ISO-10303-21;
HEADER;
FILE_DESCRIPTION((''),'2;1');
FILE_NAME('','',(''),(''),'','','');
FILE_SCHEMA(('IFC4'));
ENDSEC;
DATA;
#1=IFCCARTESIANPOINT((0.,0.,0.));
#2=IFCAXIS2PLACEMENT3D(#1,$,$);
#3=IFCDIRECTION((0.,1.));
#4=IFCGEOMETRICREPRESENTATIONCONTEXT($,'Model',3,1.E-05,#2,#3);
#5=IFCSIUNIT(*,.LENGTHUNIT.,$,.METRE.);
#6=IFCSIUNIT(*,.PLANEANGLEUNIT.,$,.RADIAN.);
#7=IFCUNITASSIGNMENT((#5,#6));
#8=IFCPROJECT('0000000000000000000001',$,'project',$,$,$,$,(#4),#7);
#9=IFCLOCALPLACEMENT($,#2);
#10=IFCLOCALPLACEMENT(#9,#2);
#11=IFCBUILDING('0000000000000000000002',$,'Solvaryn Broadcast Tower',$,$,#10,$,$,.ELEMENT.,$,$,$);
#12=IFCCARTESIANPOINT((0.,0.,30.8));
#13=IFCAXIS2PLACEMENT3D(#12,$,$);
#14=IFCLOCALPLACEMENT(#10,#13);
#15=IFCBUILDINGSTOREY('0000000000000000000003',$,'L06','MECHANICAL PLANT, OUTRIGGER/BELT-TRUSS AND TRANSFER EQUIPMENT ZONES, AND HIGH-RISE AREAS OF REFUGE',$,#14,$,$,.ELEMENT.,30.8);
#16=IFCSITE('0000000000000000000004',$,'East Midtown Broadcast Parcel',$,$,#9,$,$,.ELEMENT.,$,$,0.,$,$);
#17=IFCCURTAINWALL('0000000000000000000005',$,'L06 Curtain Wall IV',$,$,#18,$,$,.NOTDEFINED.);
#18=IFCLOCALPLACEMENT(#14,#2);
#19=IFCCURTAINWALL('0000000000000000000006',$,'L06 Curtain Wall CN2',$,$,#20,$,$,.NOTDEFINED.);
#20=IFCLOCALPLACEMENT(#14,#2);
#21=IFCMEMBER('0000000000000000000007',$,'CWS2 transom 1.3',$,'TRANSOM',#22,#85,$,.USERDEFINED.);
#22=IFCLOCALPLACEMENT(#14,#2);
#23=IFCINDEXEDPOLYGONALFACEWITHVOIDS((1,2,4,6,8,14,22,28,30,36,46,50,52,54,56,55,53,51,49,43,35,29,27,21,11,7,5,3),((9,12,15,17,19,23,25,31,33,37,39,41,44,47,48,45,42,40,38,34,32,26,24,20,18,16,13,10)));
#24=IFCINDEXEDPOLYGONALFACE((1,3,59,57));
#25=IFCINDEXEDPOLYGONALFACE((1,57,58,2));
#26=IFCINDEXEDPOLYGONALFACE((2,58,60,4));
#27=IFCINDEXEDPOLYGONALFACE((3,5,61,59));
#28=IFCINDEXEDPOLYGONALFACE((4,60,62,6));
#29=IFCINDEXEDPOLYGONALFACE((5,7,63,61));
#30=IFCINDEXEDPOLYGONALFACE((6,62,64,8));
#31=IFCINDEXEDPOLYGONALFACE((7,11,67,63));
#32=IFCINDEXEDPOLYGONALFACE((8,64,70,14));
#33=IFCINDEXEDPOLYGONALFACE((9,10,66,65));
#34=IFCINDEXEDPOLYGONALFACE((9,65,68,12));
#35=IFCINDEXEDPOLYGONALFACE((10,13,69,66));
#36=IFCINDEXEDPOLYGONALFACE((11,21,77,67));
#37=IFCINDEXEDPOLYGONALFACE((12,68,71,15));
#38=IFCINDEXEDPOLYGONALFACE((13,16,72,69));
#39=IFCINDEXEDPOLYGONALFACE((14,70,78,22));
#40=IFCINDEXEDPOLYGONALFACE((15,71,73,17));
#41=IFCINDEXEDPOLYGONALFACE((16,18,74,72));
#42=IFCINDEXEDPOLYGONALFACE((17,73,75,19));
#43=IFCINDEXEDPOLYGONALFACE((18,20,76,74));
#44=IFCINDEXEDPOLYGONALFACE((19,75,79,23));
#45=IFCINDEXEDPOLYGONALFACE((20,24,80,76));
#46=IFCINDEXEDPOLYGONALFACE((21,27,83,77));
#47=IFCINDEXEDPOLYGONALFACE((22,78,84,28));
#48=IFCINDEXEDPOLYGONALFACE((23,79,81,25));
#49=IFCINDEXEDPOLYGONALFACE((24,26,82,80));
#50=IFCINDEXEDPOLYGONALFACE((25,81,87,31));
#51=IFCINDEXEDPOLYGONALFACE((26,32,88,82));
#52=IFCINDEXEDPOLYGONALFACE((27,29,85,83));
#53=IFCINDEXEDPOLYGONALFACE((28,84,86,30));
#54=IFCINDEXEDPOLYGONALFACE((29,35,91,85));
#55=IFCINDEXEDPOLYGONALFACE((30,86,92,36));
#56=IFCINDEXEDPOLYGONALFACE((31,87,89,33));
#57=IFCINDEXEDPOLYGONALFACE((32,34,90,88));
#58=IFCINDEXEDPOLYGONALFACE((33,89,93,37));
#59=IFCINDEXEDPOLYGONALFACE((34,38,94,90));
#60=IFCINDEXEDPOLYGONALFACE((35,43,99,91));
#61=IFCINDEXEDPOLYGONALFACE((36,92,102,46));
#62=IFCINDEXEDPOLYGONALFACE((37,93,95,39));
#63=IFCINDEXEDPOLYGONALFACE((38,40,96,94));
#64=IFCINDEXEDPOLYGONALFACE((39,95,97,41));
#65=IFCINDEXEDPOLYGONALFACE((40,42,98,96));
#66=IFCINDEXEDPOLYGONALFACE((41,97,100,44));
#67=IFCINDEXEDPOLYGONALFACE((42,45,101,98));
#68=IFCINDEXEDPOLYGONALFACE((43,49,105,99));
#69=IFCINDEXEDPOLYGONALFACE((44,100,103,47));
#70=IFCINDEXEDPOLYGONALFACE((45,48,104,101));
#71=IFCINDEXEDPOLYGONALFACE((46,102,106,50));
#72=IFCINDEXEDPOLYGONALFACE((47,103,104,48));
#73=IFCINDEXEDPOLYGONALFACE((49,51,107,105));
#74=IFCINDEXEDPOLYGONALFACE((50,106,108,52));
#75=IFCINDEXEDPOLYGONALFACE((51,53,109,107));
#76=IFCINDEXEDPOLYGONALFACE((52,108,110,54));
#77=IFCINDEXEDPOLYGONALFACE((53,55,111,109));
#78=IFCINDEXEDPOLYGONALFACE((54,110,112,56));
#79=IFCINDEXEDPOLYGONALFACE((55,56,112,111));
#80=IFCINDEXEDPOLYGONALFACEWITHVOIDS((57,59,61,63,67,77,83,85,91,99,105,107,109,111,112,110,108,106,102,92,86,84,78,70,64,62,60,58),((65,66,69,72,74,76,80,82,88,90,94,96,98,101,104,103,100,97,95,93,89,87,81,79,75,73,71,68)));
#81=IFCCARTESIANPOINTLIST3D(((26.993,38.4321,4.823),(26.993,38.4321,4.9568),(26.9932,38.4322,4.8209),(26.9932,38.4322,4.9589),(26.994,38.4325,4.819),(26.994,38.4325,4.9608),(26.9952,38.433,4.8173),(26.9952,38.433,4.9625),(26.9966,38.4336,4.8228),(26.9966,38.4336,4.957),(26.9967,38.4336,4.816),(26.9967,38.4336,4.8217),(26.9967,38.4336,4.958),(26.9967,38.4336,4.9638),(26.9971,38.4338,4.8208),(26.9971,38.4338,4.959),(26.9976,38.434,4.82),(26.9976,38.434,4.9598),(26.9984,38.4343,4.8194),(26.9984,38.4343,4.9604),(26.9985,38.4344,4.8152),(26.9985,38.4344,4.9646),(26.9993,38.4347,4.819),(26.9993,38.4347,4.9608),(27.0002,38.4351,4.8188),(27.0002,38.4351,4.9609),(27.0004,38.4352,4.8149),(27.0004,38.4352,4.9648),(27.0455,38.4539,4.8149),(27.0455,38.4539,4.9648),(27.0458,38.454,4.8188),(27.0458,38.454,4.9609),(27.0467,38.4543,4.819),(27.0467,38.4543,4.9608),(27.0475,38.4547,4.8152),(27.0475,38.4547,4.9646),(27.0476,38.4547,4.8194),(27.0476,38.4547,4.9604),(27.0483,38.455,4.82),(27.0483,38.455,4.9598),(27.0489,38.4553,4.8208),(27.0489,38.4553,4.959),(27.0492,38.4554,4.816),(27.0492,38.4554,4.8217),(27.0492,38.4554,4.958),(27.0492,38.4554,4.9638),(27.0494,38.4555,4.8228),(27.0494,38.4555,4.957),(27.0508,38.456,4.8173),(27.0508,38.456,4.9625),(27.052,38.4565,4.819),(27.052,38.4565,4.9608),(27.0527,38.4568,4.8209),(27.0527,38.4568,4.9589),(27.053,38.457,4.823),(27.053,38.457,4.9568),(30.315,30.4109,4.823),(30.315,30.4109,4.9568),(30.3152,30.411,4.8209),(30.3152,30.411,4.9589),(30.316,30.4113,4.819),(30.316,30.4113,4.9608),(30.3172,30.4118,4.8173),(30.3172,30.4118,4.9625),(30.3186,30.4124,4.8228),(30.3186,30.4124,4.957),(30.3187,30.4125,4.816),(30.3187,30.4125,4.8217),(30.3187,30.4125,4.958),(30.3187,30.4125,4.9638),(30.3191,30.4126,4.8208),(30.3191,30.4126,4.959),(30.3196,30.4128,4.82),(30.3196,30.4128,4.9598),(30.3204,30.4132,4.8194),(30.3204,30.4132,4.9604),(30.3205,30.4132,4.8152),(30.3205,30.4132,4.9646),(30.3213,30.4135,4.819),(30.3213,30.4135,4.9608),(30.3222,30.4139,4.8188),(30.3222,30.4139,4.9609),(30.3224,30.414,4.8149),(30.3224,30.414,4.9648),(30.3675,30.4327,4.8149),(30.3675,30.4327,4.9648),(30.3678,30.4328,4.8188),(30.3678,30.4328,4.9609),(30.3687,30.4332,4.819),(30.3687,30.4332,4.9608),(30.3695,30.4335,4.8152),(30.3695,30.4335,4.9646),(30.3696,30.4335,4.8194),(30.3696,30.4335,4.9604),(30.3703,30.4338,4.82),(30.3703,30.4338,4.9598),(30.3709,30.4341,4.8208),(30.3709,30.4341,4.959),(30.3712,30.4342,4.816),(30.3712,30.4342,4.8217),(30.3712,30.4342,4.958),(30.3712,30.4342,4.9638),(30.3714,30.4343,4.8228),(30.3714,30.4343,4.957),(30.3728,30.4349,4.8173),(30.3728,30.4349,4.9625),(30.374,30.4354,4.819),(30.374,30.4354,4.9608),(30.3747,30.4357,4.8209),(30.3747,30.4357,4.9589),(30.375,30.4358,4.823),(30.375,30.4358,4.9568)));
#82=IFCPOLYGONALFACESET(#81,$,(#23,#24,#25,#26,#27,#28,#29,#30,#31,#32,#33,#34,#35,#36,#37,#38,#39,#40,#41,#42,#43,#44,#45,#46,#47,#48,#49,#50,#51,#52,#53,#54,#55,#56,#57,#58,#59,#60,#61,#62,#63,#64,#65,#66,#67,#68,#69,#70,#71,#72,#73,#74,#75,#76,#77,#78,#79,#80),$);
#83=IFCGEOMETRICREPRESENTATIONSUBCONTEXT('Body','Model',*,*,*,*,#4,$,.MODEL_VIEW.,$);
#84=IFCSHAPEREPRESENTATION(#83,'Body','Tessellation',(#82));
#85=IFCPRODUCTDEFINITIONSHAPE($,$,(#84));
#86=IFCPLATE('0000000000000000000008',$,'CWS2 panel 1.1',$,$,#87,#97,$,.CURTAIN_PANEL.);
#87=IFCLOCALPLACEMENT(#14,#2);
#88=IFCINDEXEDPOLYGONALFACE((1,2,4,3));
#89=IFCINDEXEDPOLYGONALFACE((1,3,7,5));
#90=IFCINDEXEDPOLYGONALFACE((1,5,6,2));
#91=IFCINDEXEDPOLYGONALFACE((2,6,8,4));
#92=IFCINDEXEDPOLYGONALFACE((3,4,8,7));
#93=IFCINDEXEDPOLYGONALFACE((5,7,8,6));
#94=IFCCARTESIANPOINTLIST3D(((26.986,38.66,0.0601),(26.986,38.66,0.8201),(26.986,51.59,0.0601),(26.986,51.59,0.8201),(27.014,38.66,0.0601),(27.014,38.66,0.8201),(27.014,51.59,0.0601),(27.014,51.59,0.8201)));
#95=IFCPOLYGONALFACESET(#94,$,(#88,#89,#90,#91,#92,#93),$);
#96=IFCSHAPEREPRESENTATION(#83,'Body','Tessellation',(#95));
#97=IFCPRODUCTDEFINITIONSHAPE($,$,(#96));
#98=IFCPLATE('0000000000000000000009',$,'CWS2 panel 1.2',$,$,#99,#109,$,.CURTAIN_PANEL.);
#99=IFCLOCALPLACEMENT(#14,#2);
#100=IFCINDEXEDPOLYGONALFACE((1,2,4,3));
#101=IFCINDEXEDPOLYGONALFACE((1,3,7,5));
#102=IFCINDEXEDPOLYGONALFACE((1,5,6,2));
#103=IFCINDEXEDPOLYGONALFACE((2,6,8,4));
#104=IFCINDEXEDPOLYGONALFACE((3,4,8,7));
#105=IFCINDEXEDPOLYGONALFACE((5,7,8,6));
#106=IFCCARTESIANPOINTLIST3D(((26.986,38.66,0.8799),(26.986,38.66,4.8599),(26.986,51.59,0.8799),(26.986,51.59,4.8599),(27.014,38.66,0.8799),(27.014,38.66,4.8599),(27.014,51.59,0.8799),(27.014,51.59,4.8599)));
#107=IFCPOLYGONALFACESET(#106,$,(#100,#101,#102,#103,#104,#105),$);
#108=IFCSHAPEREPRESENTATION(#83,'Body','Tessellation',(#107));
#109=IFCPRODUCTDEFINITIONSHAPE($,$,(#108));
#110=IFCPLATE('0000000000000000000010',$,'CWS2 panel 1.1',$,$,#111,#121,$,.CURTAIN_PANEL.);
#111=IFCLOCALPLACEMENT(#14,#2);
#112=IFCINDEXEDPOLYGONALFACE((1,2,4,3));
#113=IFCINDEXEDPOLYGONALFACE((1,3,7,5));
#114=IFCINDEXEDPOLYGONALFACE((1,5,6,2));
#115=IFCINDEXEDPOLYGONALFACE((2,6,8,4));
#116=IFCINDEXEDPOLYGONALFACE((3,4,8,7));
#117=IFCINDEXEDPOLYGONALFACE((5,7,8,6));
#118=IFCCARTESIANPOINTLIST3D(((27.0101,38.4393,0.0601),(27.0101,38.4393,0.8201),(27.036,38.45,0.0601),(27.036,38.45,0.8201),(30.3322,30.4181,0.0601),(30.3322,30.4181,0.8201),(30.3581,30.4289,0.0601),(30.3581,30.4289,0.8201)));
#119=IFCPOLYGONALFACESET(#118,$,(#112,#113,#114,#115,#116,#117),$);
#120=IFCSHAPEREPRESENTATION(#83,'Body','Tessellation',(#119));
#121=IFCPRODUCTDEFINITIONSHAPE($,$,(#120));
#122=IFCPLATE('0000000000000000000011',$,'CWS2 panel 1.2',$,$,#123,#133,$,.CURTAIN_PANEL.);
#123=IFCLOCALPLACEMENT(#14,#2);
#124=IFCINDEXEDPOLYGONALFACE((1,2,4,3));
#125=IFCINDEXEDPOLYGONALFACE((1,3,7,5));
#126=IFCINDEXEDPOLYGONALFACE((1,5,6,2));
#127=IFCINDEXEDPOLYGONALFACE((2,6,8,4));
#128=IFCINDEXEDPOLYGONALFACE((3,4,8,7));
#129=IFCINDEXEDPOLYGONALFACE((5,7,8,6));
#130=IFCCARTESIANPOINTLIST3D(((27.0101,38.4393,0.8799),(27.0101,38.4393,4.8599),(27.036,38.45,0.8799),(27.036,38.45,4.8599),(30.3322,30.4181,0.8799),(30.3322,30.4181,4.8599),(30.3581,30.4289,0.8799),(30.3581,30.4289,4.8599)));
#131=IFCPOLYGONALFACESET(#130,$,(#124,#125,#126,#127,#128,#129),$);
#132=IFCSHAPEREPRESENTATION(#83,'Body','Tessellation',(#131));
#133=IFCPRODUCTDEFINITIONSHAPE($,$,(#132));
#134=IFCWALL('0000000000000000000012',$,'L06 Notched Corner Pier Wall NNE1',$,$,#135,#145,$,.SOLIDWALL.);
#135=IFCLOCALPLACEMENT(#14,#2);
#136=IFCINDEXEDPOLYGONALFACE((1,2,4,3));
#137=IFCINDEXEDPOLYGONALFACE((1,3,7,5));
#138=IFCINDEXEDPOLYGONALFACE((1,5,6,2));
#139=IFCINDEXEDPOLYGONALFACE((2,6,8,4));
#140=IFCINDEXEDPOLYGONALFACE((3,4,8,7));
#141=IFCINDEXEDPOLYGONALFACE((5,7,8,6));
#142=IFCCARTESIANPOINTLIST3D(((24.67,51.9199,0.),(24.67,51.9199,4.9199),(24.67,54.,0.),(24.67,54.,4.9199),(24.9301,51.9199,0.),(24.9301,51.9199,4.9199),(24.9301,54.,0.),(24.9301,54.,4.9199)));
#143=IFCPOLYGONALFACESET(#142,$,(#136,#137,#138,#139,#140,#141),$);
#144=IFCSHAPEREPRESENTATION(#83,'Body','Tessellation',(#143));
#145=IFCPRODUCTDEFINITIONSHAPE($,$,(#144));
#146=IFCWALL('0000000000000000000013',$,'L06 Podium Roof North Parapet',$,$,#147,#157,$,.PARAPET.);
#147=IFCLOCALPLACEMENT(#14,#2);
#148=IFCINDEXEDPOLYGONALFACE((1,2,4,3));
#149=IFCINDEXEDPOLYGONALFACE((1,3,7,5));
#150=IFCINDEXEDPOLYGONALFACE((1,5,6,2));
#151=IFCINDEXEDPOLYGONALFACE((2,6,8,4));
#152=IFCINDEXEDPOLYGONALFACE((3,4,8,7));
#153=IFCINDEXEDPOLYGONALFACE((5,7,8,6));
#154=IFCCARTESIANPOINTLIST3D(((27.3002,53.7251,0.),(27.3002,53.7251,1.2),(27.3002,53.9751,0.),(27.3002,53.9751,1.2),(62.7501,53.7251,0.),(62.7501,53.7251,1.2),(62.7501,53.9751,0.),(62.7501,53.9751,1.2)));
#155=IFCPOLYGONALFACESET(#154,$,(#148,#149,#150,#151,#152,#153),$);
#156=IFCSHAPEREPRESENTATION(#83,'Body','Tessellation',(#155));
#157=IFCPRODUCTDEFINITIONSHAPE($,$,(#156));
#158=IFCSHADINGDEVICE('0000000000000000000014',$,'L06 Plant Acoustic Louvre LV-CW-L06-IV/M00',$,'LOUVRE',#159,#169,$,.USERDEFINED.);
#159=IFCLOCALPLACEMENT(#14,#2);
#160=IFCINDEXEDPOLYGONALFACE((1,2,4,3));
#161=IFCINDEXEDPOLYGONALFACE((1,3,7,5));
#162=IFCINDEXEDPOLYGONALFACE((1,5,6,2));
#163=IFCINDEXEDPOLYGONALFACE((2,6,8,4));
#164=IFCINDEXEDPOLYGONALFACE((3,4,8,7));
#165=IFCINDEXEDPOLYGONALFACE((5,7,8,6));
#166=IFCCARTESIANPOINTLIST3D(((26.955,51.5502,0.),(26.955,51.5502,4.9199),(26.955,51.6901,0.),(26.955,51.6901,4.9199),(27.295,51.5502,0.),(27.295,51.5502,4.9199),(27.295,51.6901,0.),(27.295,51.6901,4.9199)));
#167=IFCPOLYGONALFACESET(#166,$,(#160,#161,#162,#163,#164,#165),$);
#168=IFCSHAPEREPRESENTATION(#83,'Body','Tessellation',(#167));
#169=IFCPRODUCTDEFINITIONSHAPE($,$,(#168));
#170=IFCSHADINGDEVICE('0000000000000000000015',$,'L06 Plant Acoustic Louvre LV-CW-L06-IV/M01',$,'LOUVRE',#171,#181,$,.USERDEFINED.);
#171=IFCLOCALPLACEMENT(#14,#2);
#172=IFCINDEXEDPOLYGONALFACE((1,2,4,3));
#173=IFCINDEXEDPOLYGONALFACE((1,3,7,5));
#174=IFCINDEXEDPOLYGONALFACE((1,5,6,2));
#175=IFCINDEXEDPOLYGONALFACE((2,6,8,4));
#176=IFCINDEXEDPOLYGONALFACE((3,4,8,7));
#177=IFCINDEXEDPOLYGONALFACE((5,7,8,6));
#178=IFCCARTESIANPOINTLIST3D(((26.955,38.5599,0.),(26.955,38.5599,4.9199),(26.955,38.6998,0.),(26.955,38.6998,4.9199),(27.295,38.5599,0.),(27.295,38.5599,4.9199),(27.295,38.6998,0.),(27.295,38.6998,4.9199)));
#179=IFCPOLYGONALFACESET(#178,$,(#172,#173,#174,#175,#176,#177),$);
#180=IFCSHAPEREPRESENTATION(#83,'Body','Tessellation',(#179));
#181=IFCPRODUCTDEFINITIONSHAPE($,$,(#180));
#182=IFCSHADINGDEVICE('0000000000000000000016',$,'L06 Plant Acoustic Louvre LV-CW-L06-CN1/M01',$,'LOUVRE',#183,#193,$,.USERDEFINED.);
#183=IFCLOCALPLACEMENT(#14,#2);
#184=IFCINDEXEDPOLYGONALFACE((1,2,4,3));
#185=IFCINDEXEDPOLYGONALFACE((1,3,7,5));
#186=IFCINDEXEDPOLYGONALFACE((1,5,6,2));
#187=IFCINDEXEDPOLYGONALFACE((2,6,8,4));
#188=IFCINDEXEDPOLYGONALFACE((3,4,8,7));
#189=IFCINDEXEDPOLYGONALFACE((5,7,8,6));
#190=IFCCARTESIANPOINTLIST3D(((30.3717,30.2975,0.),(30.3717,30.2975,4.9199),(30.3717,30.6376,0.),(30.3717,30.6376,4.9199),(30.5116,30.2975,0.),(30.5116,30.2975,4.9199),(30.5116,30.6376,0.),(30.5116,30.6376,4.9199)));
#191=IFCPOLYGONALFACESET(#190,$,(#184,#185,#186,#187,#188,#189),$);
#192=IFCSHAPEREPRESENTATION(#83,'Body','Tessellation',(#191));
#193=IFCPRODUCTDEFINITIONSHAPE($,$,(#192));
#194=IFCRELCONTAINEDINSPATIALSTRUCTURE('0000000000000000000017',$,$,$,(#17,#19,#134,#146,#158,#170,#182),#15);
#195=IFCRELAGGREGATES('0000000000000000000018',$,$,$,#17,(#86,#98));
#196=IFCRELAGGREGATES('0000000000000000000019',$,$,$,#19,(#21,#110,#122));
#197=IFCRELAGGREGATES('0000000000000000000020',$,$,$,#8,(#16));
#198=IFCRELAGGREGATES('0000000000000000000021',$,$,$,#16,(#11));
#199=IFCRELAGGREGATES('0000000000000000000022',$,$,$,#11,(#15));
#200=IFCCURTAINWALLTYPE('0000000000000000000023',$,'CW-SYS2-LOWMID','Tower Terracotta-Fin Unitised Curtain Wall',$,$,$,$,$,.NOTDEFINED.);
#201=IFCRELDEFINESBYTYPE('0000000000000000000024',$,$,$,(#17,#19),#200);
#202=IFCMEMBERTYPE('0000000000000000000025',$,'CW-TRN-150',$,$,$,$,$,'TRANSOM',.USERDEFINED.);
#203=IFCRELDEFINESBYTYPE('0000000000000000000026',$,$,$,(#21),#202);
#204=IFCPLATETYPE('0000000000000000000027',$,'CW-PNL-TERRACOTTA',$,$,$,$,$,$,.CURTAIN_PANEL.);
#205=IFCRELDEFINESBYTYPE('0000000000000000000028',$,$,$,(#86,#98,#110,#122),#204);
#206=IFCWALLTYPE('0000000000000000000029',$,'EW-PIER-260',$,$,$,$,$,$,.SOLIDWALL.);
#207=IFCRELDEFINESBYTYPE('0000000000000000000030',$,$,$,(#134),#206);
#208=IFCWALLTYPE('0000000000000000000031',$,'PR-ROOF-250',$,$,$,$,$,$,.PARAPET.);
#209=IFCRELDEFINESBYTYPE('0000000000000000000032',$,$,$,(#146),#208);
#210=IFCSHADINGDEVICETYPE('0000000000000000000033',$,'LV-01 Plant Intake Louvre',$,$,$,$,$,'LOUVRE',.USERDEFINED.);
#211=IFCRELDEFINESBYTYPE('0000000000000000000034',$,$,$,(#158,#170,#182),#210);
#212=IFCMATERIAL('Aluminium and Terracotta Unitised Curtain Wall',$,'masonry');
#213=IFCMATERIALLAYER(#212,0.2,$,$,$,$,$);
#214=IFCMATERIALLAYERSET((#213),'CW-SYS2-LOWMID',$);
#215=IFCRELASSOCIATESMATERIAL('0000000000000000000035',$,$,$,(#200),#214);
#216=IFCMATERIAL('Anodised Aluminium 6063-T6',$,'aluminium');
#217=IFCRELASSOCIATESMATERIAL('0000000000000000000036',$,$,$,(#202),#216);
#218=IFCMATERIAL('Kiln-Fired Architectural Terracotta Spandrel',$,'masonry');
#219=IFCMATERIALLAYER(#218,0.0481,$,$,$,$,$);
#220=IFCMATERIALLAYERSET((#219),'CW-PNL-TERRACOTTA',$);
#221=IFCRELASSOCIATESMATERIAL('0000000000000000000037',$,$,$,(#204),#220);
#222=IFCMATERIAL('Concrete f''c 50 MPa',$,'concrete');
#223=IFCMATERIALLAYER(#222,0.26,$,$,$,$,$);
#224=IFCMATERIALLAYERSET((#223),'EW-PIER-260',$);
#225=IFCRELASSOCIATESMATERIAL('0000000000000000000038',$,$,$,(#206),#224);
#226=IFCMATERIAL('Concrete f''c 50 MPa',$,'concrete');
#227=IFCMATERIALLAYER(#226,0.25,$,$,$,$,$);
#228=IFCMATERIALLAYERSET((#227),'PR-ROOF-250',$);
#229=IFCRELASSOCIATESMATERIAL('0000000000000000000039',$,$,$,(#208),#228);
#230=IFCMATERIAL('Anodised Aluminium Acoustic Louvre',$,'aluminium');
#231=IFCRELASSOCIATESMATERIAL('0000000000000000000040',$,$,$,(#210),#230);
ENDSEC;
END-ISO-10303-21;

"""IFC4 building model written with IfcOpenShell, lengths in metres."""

from ifc_helpers import new_model, si_unit, direction, frame, frame_2d, origin, origin_2d, place, context, subcontext, project, spatial, rectangle, hollow_rectangle, extrude, material, layer, layer_set, material_profile, profile_set, type_object, element, aggregate, save


model = new_model("IFC4")

# Units and contexts
model_context = context("Model", 3, precision=1e-05, world=origin(), true_north=direction((0.0, 1.0)))
body_context = subcontext(model_context, "Body", "Model", "MODEL_VIEW")
ifc_project = project(units=[si_unit("LENGTHUNIT", "METRE"), si_unit("PLANEANGLEUNIT", "RADIAN")], contexts=[model_context])

# Site, building, storey
site_placement = place(None, origin())
site = spatial("IfcSite", under=ifc_project, at=site_placement, Name="East Midtown Broadcast Parcel", CompositionType="ELEMENT", RefElevation=0.0)
building_placement = place(site_placement, origin())
building = spatial("IfcBuilding", under=site, at=building_placement, Name="Solvaryn Broadcast Tower", CompositionType="ELEMENT")
storey_placement = place(building_placement, frame((0.0, 0.0, 30.8)))
storey = spatial("IfcBuildingStorey", under=building, at=storey_placement, Name="L06", Description="MECHANICAL PLANT, OUTRIGGER/BELT-TRUSS AND TRANSFER EQUIPMENT ZONES, AND HIGH-RISE AREAS OF REFUGE", CompositionType="ELEMENT", Elevation=30.8)

# Curtain walls
ifc_material_1 = material(Name="Aluminium and Terracotta Unitised Curtain Wall", Category="masonry")
ifc_layer_1 = layer(ifc_material_1, 0.2)
ifc_layer_set_1 = layer_set([ifc_layer_1], Name="CW-SYS2-LOWMID")
curtain_wall_type = type_object("IfcCurtainWallType", Name="CW-SYS2-LOWMID", Description="Tower Terracotta-Fin Unitised Curtain Wall", PredefinedType="NOTDEFINED", material=ifc_layer_set_1)
curtain_wall_1_placement = place(storey_placement, origin())
curtain_wall_1 = element("IfcCurtainWall", 1, at=curtain_wall_1_placement, inside=storey, type_object=curtain_wall_type, Name="L06 Curtain Wall IV", PredefinedType="NOTDEFINED")
curtain_wall_2_placement = place(storey_placement, origin())
curtain_wall_2 = element("IfcCurtainWall", 2, at=curtain_wall_2_placement, inside=storey, type_object=curtain_wall_type, Name="L06 Curtain Wall CN2", PredefinedType="NOTDEFINED")

# Member
ifc_material_2 = material(Name="Anodised Aluminium 6063-T6", Category="aluminium")
ifc_material_profile_1 = material_profile(ifc_material_2, hollow_rectangle(XDim=0.0649, YDim=0.1499, WallThickness=0.0039, InnerFilletRadius=0.0039, OuterFilletRadius=0.0081, at=origin_2d()))
ifc_profile_set_1 = profile_set([ifc_material_profile_1], Name="Anodised Aluminium 6063-T6")
member_type_1 = type_object("IfcMemberType", Name="CW-TRN-150", ElementType="TRANSOM", PredefinedType="USERDEFINED", material=ifc_profile_set_1)
member_1_placement = place(storey_placement, frame((30.345, 30.4233, 4.8899), z_axis=(-0.382636, 0.923899, 0.0), x_axis=(-0.923899, -0.382636, 0.0)))
member_1 = element("IfcMember", 3, at=member_1_placement, type_object=member_type_1, Name="CWS2 transom 1.3", ObjectType="TRANSOM", PredefinedType="USERDEFINED", context=body_context, shape_type="SweptSolid", body=[
    extrude(hollow_rectangle(XDim=0.0649, YDim=0.1499, WallThickness=0.0039, InnerFilletRadius=0.0039, OuterFilletRadius=0.0081, at=origin_2d()), origin(), (0.0, 0.0, 1.0), 8.6819),
])

# Plates
ifc_material_3 = material(Name="Kiln-Fired Architectural Terracotta Spandrel", Category="masonry")
ifc_layer_2 = layer(ifc_material_3, 0.0481)
ifc_layer_set_2 = layer_set([ifc_layer_2], Name="CW-PNL-TERRACOTTA")
plate_type = type_object("IfcPlateType", Name="CW-PNL-TERRACOTTA", PredefinedType="CURTAIN_PANEL", material=ifc_layer_set_2)
plate_1_placement = place(storey_placement, frame((27.0, 45.125, 0.0601), z_axis=(0.0, 0.0, 1.0), x_axis=(0.0, -1.0, 0.0)))
plate_1 = element("IfcPlate", 4, at=plate_1_placement, type_object=plate_type, Name="CWS2 panel 1.1", PredefinedType="CURTAIN_PANEL", context=body_context, shape_type="SweptSolid", body=[
    extrude(rectangle(XDim=12.9299, YDim=0.0281, at=origin_2d()), origin(), (0.0, 0.0, 1.0), 0.76),
])
plate_2_placement = place(storey_placement, frame((27.0, 45.125, 0.8799), z_axis=(0.0, 0.0, 1.0), x_axis=(0.0, -1.0, 0.0)))
plate_2 = element("IfcPlate", 5, at=plate_2_placement, type_object=plate_type, Name="CWS2 panel 1.2", PredefinedType="CURTAIN_PANEL", context=body_context, shape_type="SweptSolid", body=[
    extrude(rectangle(XDim=12.9299, YDim=0.0281, at=origin_2d()), origin(), (0.0, 0.0, 1.0), 3.98),
])
aggregate(curtain_wall_1, [plate_1, plate_2])
plate_3_placement = place(storey_placement, frame((28.6841, 34.4341, 0.0601), z_axis=(0.0, 0.0, 1.0), x_axis=(-0.382646, 0.923895, 0.0)))
plate_3 = element("IfcPlate", 6, at=plate_3_placement, type_object=plate_type, Name="CWS2 panel 1.1", PredefinedType="CURTAIN_PANEL", context=body_context, shape_type="SweptSolid", body=[
    extrude(rectangle(XDim=8.6819, YDim=0.0281, at=origin_2d()), origin(), (0.0, 0.0, 1.0), 0.76),
])
plate_4_placement = place(storey_placement, frame((28.6841, 34.4341, 0.8799), z_axis=(0.0, 0.0, 1.0), x_axis=(-0.382646, 0.923895, 0.0)))
plate_4 = element("IfcPlate", 7, at=plate_4_placement, type_object=plate_type, Name="CWS2 panel 1.2", PredefinedType="CURTAIN_PANEL", context=body_context, shape_type="SweptSolid", body=[
    extrude(rectangle(XDim=8.6819, YDim=0.0281, at=origin_2d()), origin(), (0.0, 0.0, 1.0), 3.98),
])
aggregate(curtain_wall_2, [member_1, plate_3, plate_4])

# Walls
ifc_material_4 = material(Name="Concrete f'c 50 MPa", Category="concrete")
ifc_layer_3 = layer(ifc_material_4, 0.26)
ifc_layer_set_3 = layer_set([ifc_layer_3], Name="EW-PIER-260")
wall_type_1 = type_object("IfcWallType", Name="EW-PIER-260", PredefinedType="SOLIDWALL", material=ifc_layer_set_3)
wall_1_placement = place(storey_placement, frame((24.8, 54.0, 0.0), z_axis=(0.0, 0.0, 1.0), x_axis=(0.0, -1.0, 0.0)))
element("IfcWall", 8, at=wall_1_placement, inside=storey, type_object=wall_type_1, Name="L06 Notched Corner Pier Wall NNE1", PredefinedType="SOLIDWALL", context=body_context, shape_type="SweptSolid", body=[
    extrude(rectangle(XDim=2.0801, YDim=0.26, at=frame_2d((1.04, 0.0))), origin(), (0.0, 0.0, 1.0), 4.9199),
])
ifc_material_5 = material(Name="Concrete f'c 50 MPa", Category="concrete")
ifc_layer_4 = layer(ifc_material_5, 0.25)
ifc_layer_set_4 = layer_set([ifc_layer_4], Name="PR-ROOF-250")
wall_type_2 = type_object("IfcWallType", Name="PR-ROOF-250", PredefinedType="PARAPET", material=ifc_layer_set_4)
wall_2_placement = place(storey_placement, frame((27.3, 53.8501, 0.0), z_axis=(0.0, 0.0, 1.0), x_axis=(1.0, 0.0, 0.0)))
element("IfcWall", 9, at=wall_2_placement, inside=storey, type_object=wall_type_2, Name="L06 Podium Roof North Parapet", PredefinedType="PARAPET", context=body_context, shape_type="SweptSolid", body=[
    extrude(rectangle(XDim=35.45, YDim=0.25, at=frame_2d((17.7251, 0.0))), origin(), (0.0, 0.0, 1.0), 1.2),
])

# Shading devices
ifc_material_6 = material(Name="Anodised Aluminium Acoustic Louvre", Category="aluminium")
shading_device_type = type_object("IfcShadingDeviceType", Name="LV-01 Plant Intake Louvre", ElementType="LOUVRE", PredefinedType="USERDEFINED", material=ifc_material_6)
for number, where, z_axis, x_axis, name in (
    (10, (27.125, 51.6201, 0.0), (0.0, 0.0, 1.0), (1.0, 0.0, 0.0), "L06 Plant Acoustic Louvre LV-CW-L06-IV/M00"),
    (11, (27.125, 38.6299, 0.0), (0.0, 0.0, 1.0), (1.0, 0.0, 0.0), "L06 Plant Acoustic Louvre LV-CW-L06-IV/M01"),
):
    element("IfcShadingDevice", number, at=place(storey_placement, frame(where, z_axis=z_axis, x_axis=x_axis)), inside=storey, type_object=shading_device_type, Name=name, ObjectType="LOUVRE", PredefinedType="USERDEFINED", context=body_context, shape_type="SweptSolid", body=[
        extrude(rectangle(XDim=0.3401, YDim=0.1399, at=origin_2d()), origin(), (0.0, 0.0, 1.0), 4.9199),
    ])
shading_device_1_placement = place(storey_placement, frame((30.4417, 30.4675, 0.0), z_axis=(0.0, 0.0, 1.0), x_axis=(1.0, 0.0, 0.0)))
element("IfcShadingDevice", 12, at=shading_device_1_placement, inside=storey, type_object=shading_device_type, Name="L06 Plant Acoustic Louvre LV-CW-L06-CN1/M01", ObjectType="LOUVRE", PredefinedType="USERDEFINED", context=body_context, shape_type="SweptSolid", body=[
    extrude(rectangle(XDim=0.1399, YDim=0.3401, at=origin_2d()), origin(), (0.0, 0.0, 1.0), 4.9199),
])

save(model, "model.ifc")
